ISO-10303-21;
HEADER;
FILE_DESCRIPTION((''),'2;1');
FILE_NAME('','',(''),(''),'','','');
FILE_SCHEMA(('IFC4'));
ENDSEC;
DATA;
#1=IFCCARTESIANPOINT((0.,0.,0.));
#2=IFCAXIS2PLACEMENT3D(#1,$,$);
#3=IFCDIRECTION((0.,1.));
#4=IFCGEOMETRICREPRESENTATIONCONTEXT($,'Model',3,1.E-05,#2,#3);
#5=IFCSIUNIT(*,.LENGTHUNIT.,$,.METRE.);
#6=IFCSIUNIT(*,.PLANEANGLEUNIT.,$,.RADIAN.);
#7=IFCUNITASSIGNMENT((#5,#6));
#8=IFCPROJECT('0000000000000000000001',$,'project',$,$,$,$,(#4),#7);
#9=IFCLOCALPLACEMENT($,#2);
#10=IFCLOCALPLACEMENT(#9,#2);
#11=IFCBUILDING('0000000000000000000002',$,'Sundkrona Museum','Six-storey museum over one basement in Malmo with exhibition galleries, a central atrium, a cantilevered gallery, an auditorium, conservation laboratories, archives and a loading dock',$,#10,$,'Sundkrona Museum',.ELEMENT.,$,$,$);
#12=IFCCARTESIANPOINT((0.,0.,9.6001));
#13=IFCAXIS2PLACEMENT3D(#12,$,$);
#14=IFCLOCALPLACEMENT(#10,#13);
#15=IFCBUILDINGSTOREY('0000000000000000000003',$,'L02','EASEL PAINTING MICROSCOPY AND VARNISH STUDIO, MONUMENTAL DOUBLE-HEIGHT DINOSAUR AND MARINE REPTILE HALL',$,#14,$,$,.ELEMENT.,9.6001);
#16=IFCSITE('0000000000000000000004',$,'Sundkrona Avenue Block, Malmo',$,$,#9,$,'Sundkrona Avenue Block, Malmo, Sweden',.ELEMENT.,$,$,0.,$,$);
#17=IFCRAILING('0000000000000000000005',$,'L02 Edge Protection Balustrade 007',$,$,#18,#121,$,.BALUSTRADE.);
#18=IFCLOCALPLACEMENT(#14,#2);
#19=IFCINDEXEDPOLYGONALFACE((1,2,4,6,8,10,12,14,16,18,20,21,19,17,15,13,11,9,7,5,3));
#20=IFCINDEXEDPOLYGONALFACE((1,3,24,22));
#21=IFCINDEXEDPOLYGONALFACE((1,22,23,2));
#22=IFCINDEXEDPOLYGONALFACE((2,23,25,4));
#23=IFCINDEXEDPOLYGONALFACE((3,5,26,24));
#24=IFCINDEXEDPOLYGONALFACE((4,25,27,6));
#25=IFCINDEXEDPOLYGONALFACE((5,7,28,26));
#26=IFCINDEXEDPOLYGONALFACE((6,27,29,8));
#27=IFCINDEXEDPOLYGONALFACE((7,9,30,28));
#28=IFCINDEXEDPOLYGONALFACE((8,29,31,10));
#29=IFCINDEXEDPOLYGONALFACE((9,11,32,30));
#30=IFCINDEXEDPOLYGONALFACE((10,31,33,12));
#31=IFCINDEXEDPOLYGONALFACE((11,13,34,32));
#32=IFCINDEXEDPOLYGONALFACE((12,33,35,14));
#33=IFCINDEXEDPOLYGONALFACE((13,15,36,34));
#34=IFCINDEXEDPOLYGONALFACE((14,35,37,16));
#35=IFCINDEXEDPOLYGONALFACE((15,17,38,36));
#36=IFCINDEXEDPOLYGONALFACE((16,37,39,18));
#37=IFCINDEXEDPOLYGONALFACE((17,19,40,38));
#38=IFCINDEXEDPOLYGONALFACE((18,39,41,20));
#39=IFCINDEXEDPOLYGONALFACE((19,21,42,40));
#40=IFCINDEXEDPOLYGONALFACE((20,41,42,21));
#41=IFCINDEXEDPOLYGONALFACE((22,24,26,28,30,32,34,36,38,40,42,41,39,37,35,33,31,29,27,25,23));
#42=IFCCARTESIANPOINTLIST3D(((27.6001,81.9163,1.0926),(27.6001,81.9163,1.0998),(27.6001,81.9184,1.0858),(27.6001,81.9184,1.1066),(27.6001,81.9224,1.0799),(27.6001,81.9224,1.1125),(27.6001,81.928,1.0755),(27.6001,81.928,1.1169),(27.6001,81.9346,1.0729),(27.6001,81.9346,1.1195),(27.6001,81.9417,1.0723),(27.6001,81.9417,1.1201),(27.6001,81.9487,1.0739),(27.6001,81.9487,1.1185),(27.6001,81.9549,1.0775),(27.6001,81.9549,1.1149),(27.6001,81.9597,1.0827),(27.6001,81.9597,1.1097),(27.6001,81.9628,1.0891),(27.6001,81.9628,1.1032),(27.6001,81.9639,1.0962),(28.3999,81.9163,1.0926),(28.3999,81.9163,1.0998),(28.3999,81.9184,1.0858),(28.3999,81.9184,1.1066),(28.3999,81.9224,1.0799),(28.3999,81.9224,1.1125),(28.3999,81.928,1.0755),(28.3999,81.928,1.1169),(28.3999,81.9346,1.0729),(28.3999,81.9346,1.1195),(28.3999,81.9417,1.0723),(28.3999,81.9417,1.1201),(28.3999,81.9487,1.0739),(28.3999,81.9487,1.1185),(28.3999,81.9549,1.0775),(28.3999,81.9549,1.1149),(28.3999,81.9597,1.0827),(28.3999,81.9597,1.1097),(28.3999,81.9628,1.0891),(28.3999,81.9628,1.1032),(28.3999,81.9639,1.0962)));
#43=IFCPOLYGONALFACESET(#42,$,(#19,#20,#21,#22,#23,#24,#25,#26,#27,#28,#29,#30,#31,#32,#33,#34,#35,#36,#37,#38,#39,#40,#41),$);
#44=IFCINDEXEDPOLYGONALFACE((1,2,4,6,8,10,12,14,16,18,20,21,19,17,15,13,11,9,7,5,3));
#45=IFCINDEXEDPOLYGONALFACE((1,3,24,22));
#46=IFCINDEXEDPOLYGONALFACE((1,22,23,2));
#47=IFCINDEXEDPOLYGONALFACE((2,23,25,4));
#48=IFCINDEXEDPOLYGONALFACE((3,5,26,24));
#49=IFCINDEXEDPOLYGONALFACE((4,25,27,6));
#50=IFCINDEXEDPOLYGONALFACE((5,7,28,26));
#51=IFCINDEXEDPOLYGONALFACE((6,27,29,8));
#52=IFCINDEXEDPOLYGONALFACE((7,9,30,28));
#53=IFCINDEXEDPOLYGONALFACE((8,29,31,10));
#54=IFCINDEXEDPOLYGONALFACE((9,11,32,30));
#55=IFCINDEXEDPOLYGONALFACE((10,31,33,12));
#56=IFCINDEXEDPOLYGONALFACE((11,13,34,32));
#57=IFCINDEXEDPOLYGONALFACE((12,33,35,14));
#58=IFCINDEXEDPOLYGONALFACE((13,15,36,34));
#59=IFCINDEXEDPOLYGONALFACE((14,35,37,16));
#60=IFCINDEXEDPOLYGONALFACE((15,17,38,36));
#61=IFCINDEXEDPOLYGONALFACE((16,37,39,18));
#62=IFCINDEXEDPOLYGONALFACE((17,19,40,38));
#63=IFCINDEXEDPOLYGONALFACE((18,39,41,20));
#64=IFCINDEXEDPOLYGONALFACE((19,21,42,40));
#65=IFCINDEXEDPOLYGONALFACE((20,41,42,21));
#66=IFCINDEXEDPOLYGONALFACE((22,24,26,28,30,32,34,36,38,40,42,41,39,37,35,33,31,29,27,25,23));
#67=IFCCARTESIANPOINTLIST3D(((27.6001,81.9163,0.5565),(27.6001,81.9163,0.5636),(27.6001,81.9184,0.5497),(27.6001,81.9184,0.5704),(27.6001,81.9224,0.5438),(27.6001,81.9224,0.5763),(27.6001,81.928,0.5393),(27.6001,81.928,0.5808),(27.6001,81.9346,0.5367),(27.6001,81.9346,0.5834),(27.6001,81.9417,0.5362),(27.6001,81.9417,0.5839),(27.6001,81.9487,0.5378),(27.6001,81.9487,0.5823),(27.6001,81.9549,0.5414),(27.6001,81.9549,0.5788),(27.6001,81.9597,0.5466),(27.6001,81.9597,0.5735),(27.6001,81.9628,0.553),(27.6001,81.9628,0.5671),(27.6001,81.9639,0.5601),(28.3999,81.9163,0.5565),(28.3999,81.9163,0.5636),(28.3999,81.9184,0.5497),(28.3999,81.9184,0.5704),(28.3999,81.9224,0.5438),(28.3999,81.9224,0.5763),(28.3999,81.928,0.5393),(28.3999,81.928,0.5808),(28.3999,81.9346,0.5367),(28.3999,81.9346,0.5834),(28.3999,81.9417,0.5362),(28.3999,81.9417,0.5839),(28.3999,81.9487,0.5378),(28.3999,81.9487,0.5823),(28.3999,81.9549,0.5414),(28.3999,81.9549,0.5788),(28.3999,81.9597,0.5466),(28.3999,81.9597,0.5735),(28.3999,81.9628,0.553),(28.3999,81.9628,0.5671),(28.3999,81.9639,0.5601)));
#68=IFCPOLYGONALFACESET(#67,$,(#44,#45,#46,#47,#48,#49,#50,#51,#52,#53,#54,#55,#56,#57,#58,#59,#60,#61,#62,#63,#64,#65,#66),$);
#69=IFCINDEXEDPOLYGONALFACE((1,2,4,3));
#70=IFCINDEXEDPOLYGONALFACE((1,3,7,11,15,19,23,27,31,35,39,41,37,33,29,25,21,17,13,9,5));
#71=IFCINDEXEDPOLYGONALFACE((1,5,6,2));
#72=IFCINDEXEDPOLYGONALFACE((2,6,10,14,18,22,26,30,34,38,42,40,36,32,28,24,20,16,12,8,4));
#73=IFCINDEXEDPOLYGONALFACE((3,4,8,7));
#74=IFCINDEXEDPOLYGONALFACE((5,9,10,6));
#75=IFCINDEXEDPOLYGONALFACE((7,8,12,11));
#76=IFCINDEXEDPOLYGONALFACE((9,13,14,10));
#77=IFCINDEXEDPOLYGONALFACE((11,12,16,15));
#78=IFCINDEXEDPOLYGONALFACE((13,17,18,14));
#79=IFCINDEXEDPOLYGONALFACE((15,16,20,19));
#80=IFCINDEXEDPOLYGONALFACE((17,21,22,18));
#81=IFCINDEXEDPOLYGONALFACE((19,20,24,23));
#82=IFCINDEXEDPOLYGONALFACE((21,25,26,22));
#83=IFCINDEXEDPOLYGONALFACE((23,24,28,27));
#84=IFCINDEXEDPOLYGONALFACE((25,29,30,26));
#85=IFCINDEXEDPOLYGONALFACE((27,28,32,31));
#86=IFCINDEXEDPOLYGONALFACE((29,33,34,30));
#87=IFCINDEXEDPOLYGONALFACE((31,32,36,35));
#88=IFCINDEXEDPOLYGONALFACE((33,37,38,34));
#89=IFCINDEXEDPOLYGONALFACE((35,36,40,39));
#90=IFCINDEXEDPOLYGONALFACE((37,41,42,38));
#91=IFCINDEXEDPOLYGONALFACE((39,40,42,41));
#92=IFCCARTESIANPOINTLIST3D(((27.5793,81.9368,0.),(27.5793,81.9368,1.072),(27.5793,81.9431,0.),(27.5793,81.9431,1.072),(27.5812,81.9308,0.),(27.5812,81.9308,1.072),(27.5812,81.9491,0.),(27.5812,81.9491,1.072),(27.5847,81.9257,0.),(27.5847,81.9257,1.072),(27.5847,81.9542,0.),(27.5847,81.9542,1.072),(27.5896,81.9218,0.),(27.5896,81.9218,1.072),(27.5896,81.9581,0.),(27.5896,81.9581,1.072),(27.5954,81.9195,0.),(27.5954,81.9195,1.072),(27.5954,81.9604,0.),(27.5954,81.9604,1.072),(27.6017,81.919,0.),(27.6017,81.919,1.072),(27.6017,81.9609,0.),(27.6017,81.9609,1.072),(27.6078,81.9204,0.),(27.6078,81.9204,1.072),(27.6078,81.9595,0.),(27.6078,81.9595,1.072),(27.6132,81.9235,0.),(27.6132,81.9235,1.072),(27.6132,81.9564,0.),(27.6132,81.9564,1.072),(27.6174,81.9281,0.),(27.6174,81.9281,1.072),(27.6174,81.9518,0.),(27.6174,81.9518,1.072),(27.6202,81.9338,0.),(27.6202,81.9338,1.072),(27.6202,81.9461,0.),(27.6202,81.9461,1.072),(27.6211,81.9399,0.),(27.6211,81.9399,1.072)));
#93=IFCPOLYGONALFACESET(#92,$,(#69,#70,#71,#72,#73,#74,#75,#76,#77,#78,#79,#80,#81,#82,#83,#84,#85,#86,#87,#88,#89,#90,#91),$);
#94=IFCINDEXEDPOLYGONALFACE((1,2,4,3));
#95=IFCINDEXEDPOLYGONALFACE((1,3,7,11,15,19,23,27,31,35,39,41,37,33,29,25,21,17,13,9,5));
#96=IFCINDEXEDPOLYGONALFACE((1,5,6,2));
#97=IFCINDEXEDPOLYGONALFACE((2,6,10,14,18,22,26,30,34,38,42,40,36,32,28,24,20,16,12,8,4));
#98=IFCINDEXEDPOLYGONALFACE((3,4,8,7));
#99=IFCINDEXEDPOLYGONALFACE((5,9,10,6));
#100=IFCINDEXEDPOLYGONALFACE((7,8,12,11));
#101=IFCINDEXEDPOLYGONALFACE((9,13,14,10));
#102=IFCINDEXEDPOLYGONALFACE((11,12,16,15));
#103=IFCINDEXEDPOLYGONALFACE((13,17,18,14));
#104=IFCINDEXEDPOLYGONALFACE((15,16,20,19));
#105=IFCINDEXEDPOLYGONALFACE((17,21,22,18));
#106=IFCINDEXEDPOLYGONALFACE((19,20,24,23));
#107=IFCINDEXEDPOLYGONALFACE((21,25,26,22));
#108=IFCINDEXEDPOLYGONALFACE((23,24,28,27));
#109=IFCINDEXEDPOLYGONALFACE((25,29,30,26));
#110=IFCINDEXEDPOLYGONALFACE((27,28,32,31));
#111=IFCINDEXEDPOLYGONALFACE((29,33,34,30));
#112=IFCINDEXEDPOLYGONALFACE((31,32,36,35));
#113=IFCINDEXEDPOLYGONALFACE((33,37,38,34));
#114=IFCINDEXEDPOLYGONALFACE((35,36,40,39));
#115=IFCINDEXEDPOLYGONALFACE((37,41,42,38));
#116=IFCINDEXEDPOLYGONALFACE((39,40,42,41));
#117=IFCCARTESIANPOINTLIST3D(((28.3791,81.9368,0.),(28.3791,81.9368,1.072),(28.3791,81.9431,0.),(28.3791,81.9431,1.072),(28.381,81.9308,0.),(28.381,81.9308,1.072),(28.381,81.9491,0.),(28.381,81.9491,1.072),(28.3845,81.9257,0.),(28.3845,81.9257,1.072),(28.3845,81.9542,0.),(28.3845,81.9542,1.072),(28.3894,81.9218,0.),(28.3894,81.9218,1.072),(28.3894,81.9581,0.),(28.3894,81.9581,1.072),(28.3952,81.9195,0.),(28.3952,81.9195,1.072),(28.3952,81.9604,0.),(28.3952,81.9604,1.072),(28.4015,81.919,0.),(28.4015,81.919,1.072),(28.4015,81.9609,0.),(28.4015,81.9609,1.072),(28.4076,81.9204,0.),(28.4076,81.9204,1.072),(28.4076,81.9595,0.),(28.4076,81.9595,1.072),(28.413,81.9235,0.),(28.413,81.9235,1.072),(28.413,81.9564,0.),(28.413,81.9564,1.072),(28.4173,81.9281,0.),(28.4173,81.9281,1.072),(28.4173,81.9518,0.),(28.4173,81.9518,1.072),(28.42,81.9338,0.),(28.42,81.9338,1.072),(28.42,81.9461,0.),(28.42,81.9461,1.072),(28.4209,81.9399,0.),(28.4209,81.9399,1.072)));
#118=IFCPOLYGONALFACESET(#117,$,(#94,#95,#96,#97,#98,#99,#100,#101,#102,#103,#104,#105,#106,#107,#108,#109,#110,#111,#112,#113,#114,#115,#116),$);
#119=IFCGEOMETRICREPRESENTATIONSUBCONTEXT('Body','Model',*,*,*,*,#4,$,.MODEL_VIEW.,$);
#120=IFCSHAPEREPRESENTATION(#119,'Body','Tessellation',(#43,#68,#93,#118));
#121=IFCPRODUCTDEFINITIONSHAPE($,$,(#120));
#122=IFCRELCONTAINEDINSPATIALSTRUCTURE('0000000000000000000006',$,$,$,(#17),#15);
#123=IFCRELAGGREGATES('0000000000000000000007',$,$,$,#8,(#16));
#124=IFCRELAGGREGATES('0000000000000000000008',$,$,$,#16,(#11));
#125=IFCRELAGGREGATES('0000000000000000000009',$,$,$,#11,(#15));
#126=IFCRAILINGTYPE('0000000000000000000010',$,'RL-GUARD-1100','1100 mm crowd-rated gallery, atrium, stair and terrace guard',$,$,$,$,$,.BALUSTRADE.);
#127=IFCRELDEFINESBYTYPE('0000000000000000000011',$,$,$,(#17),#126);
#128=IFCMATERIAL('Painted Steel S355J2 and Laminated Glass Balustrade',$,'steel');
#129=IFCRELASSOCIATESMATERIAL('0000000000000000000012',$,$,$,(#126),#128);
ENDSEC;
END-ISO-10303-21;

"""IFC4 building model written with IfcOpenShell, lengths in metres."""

from ifc_helpers import new_model, si_unit, direction, frame, origin, origin_2d, place, context, subcontext, project, spatial, circle, extrude, material, type_object, element, save


model = new_model("IFC4")

# Units and contexts
model_context = context("Model", 3, precision=1e-05, world=origin(), true_north=direction((0.0, 1.0)))
body_context = subcontext(model_context, "Body", "Model", "MODEL_VIEW")
ifc_project = project(units=[si_unit("LENGTHUNIT", "METRE"), si_unit("PLANEANGLEUNIT", "RADIAN")], contexts=[model_context])

# Site, building, storey
site_placement = place(None, origin())
site = spatial("IfcSite", under=ifc_project, at=site_placement, Name="Sundkrona Avenue Block, Malmo", LongName="Sundkrona Avenue Block, Malmo, Sweden", CompositionType="ELEMENT", RefElevation=0.0)
building_placement = place(site_placement, origin())
building = spatial("IfcBuilding", under=site, at=building_placement, Name="Sundkrona Museum", Description="Six-storey museum over one basement in Malmo with exhibition galleries, a central atrium, a cantilevered gallery, an auditorium, conservation laboratories, archives and a loading dock", LongName="Sundkrona Museum", CompositionType="ELEMENT")
storey_placement = place(building_placement, frame((0.0, 0.0, 9.6001)))
storey = spatial("IfcBuildingStorey", under=building, at=storey_placement, Name="L02", Description="EASEL PAINTING MICROSCOPY AND VARNISH STUDIO, MONUMENTAL DOUBLE-HEIGHT DINOSAUR AND MARINE REPTILE HALL", CompositionType="ELEMENT", Elevation=9.6001)

# Railing
ifc_material_1 = material(Name="Painted Steel S355J2 and Laminated Glass Balustrade", Category="steel")
railing_type = type_object("IfcRailingType", Name="RL-GUARD-1100", Description="1100 mm crowd-rated gallery, atrium, stair and terrace guard", PredefinedType="BALUSTRADE", material=ifc_material_1)
railing_1_placement = place(storey_placement, frame((27.6001, 81.9399, 0.0)))
element("IfcRailing", 1, at=railing_1_placement, inside=storey, type_object=railing_type, Name="L02 Edge Protection Balustrade 007", PredefinedType="BALUSTRADE", context=body_context, shape_type="SweptSolid", body=[
    extrude(circle(Radius=0.0239, at=origin_2d()), frame((0.0, 0.0, 1.0962), z_axis=(1.0, 0.0, 0.0), x_axis=(0.0, 1.0, 0.0)), (0.0, 0.0, 1.0), 0.7998),
    extrude(circle(Radius=0.0239, at=origin_2d()), frame((0.0, 0.0, 0.5601), z_axis=(1.0, 0.0, 0.0), x_axis=(0.0, 1.0, 0.0)), (0.0, 0.0, 1.0), 0.7998),
    extrude(circle(Radius=0.021, at=origin_2d()), origin(), (0.0, 0.0, 1.0), 1.072),
    extrude(circle(Radius=0.021, at=origin_2d()), frame((0.7998, 0.0, 0.0)), (0.0, 0.0, 1.0), 1.072),
])

save(model, "model.ifc")
